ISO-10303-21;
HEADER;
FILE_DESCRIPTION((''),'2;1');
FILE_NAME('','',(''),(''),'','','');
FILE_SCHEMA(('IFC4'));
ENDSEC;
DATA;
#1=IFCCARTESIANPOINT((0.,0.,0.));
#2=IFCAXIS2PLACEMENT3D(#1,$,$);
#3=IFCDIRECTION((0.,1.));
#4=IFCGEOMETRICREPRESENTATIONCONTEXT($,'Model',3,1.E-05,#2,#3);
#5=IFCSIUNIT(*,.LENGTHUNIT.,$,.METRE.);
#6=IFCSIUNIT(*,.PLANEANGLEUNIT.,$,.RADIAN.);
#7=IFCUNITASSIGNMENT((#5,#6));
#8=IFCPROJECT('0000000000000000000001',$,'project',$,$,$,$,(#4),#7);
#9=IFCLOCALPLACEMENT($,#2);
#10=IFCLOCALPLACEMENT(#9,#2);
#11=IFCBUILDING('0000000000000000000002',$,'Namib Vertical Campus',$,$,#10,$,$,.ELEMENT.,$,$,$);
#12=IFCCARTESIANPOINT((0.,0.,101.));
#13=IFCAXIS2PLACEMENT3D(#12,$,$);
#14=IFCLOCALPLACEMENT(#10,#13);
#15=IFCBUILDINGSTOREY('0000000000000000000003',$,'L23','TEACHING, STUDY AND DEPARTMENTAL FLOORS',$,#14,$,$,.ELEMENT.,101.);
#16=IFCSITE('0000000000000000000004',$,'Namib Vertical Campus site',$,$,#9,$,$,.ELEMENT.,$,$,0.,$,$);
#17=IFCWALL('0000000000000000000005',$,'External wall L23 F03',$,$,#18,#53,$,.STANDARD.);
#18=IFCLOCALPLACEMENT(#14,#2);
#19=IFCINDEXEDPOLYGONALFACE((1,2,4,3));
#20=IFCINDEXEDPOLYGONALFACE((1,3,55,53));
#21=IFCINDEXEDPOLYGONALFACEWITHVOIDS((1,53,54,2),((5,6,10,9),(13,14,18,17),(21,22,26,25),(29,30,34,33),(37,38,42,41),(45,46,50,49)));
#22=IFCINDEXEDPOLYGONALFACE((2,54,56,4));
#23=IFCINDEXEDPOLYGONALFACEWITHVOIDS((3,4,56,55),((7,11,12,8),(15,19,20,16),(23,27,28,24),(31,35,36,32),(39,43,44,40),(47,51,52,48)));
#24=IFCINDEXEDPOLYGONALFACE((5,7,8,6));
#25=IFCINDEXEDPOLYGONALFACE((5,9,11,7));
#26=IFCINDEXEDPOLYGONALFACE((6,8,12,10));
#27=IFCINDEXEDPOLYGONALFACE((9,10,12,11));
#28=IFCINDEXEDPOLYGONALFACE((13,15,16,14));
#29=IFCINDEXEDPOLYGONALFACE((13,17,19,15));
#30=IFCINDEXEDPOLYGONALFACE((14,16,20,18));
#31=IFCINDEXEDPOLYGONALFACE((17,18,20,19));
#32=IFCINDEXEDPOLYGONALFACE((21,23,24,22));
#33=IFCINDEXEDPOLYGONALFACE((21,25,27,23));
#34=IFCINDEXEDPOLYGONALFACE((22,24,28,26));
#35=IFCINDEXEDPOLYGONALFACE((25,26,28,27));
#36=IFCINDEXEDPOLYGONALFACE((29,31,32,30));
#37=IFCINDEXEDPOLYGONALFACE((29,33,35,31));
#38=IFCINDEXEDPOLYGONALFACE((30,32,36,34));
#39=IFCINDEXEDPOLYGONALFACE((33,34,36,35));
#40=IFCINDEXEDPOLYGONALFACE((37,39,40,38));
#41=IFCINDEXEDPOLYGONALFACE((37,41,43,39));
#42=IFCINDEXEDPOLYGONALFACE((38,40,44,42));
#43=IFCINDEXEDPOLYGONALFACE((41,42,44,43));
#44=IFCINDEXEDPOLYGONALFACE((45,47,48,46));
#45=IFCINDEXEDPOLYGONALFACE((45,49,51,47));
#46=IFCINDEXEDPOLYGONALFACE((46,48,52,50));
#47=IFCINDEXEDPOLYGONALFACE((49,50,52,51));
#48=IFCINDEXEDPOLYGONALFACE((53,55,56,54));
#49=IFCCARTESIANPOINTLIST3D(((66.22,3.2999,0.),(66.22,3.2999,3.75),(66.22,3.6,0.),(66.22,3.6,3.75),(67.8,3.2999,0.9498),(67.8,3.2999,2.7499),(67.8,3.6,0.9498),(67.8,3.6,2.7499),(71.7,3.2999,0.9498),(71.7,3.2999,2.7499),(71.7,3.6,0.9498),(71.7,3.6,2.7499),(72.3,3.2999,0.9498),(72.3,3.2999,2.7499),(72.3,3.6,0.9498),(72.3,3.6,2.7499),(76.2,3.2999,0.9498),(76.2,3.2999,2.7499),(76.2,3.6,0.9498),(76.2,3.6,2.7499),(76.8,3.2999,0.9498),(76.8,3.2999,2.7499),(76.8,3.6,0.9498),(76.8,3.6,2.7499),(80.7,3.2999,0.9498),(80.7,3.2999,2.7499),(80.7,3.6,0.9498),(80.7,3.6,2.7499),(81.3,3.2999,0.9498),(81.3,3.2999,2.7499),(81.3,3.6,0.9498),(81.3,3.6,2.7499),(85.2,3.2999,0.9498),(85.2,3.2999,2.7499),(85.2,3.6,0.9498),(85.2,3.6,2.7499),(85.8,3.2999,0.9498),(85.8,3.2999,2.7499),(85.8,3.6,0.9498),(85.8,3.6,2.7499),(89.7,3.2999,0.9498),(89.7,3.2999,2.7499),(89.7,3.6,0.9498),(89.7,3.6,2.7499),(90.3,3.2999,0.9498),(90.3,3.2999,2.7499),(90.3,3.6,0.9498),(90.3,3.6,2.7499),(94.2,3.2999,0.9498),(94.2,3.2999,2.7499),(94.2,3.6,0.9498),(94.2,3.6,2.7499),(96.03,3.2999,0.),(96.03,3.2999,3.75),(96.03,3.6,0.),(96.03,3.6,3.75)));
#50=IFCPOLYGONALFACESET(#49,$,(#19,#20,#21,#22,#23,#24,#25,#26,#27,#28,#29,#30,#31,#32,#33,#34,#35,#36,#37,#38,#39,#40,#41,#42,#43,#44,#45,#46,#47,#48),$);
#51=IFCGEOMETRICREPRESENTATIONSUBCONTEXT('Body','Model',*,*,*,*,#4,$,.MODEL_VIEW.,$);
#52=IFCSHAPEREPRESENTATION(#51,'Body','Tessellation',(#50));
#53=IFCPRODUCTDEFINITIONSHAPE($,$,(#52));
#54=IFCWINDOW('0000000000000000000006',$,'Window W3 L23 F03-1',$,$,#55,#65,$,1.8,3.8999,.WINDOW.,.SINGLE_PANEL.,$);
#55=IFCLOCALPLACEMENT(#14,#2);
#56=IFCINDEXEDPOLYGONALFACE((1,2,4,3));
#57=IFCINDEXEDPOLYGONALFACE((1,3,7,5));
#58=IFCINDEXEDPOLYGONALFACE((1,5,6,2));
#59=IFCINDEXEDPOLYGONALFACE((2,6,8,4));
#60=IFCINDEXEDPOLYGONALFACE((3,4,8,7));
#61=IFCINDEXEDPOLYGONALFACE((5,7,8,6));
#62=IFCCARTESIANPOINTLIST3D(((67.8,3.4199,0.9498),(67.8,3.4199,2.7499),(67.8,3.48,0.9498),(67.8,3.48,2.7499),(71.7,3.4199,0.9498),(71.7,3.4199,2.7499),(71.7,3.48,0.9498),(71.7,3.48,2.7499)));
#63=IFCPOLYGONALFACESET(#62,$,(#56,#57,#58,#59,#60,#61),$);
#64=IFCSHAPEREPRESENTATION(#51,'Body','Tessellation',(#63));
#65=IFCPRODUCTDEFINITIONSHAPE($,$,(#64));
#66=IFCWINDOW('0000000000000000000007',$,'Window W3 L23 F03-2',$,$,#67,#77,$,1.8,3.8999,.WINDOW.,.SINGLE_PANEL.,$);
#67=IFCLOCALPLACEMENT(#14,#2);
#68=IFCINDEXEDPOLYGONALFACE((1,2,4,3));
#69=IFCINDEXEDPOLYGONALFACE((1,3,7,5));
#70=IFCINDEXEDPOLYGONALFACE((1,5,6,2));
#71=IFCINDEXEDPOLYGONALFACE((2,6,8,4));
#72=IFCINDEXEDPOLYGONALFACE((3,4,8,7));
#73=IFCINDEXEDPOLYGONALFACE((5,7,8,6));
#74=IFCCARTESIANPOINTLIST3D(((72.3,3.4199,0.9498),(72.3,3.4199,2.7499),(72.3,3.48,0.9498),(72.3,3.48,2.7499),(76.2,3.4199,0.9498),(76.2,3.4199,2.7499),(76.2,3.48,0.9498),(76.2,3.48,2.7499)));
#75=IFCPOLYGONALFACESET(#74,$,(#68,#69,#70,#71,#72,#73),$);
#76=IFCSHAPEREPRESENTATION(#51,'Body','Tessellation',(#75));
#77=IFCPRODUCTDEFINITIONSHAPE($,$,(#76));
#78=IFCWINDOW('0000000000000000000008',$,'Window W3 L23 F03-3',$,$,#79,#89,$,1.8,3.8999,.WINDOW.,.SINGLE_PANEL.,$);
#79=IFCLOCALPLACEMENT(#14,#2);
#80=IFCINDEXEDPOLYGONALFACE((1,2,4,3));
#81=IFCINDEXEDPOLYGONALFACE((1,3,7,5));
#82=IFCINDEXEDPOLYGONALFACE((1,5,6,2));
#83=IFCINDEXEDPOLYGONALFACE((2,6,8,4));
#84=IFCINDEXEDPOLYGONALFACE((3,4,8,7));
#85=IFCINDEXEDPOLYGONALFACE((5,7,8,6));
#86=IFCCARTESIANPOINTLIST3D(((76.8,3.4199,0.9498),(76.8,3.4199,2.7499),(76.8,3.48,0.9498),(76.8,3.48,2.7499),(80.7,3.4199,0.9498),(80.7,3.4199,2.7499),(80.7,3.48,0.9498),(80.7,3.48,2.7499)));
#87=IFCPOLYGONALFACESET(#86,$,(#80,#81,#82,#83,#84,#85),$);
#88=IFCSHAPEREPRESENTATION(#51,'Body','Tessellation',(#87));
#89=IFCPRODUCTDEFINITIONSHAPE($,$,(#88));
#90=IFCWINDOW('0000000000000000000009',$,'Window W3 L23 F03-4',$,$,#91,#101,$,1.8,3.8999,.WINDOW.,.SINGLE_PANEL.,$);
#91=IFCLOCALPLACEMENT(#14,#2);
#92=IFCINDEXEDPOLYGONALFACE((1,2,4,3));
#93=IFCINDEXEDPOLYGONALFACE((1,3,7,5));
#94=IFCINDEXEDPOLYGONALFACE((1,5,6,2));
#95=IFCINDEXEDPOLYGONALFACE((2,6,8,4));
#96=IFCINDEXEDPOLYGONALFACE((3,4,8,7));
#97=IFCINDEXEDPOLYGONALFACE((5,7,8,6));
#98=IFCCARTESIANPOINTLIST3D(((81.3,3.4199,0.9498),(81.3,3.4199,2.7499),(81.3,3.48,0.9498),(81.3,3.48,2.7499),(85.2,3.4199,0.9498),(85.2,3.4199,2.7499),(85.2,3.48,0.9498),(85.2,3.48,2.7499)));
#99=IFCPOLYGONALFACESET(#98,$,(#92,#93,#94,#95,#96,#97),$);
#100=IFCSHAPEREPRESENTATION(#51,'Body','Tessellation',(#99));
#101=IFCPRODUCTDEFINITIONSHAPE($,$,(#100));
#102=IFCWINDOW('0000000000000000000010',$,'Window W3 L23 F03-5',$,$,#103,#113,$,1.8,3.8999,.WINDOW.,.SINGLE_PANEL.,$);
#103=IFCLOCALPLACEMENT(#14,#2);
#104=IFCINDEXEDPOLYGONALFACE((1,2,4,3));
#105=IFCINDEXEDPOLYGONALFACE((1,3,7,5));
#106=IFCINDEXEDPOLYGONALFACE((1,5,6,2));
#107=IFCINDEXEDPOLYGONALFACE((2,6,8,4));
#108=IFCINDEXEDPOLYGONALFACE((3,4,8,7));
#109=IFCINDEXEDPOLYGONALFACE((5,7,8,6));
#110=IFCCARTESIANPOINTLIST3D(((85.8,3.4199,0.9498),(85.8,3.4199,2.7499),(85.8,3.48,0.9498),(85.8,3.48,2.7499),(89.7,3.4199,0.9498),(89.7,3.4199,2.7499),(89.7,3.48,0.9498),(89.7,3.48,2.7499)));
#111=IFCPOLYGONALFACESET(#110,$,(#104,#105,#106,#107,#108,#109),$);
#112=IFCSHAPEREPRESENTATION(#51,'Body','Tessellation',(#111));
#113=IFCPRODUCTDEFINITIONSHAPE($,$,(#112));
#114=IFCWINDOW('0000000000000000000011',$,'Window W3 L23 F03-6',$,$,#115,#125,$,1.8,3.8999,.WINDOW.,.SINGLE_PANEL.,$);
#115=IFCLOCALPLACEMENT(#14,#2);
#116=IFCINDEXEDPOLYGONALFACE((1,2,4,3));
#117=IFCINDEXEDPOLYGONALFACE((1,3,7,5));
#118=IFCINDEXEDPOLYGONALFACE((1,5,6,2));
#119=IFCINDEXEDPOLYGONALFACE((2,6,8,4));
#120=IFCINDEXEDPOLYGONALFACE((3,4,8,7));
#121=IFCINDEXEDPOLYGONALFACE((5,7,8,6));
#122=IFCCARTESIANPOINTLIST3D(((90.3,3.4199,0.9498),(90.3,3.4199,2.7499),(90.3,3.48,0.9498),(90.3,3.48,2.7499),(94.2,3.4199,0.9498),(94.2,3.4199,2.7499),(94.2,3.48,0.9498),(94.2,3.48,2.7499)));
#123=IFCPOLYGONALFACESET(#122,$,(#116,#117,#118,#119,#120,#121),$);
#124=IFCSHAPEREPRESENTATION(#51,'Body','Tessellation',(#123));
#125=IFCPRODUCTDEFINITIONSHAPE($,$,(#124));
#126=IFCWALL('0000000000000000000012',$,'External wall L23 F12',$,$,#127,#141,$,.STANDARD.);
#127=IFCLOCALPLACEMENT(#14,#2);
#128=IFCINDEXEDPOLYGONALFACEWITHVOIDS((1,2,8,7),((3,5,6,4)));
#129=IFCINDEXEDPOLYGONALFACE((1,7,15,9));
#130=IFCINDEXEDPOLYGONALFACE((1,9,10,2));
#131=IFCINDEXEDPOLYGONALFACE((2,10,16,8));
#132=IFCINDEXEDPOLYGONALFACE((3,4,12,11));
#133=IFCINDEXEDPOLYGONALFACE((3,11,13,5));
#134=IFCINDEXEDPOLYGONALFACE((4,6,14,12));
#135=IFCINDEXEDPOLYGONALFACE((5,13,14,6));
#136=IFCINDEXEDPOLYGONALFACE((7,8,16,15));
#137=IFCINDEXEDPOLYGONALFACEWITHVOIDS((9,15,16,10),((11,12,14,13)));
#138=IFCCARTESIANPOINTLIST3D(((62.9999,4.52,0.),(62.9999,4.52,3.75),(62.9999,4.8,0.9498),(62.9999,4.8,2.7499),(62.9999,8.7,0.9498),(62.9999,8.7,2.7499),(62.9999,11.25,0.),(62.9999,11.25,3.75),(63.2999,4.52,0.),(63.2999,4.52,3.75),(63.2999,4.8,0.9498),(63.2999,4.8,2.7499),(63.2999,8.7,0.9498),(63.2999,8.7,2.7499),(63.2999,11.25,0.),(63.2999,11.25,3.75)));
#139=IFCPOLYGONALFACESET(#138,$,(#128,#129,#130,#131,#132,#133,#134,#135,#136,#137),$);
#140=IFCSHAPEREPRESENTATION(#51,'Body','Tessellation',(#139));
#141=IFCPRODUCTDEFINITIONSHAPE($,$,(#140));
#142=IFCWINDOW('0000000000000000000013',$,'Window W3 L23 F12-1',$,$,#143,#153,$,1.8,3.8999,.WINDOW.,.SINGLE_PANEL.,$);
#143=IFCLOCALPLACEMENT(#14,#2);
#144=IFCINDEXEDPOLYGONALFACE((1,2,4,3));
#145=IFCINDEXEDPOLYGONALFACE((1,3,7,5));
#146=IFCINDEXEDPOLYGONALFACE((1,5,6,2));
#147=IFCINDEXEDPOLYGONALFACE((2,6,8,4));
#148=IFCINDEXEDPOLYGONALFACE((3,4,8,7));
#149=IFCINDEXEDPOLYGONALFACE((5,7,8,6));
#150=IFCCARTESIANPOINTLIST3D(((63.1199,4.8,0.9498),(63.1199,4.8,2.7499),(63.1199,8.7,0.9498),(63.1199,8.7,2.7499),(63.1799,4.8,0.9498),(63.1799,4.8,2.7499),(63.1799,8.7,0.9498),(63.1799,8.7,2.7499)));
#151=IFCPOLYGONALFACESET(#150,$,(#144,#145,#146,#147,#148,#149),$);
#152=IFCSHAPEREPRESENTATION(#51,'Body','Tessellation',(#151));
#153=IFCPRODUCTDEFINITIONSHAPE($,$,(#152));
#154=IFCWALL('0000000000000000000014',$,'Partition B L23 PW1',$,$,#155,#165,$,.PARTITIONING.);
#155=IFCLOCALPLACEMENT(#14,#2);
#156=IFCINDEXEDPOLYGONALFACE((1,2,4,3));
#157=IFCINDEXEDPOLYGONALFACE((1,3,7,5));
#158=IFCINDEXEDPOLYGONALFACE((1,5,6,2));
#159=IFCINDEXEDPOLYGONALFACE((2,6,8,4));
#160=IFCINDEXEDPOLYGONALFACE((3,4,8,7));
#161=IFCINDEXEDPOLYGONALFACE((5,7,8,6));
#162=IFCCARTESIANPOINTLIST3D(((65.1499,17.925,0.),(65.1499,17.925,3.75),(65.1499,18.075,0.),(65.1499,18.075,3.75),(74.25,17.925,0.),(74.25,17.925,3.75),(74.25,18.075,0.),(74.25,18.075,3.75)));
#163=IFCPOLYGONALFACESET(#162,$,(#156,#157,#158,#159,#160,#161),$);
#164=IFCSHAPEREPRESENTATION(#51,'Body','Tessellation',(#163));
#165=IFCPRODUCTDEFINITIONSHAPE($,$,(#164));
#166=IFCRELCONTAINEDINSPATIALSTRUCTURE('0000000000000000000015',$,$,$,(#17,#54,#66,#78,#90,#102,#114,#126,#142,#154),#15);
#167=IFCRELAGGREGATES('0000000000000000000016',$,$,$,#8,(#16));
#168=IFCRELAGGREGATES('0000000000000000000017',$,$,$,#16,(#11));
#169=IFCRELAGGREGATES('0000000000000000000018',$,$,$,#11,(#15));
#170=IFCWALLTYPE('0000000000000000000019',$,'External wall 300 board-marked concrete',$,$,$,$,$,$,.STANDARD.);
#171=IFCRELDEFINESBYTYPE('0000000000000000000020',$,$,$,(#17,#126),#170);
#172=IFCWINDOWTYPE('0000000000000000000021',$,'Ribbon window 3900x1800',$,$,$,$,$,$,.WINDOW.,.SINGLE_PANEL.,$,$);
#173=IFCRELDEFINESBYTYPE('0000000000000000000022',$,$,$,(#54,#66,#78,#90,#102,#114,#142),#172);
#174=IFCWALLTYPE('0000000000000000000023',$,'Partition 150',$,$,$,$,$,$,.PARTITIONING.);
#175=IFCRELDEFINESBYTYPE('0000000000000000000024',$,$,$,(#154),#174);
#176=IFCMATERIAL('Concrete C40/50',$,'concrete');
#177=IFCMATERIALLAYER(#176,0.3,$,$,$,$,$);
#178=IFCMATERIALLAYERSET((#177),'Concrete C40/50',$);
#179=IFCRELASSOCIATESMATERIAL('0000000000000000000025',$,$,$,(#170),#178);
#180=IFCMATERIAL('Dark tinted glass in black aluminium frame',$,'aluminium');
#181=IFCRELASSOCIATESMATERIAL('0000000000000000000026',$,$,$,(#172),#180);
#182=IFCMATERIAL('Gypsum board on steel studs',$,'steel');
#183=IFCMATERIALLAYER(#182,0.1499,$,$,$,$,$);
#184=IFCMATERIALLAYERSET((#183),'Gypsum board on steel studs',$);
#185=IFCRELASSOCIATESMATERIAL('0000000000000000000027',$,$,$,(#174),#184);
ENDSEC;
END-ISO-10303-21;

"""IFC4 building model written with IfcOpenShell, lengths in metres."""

from ifc_helpers import new_model, si_unit, direction, frame, frame_2d, origin, place, context, subcontext, project, spatial, rectangle, extrude, material, layer, layer_set, type_object, element, fill, save


model = new_model("IFC4")

# Units and contexts
model_context = context("Model", 3, precision=1e-05, world=origin(), true_north=direction((0.0, 1.0)))
body_context = subcontext(model_context, "Body", "Model", "MODEL_VIEW")
ifc_project = project(units=[si_unit("LENGTHUNIT", "METRE"), si_unit("PLANEANGLEUNIT", "RADIAN")], contexts=[model_context])

# Site, building, storey
site_placement = place(None, origin())
site = spatial("IfcSite", under=ifc_project, at=site_placement, Name="Namib Vertical Campus site", CompositionType="ELEMENT", RefElevation=0.0)
building_placement = place(site_placement, origin())
building = spatial("IfcBuilding", under=site, at=building_placement, Name="Namib Vertical Campus", CompositionType="ELEMENT")
storey_placement = place(building_placement, frame((0.0, 0.0, 101.0)))
storey = spatial("IfcBuildingStorey", under=building, at=storey_placement, Name="L23", Description="TEACHING, STUDY AND DEPARTMENTAL FLOORS", CompositionType="ELEMENT", Elevation=101.0)

# Shared definitions
ifc_material_1 = material(Name="Concrete C40/50", Category="concrete")
ifc_layer_1 = layer(ifc_material_1, 0.3)
ifc_layer_set_1 = layer_set([ifc_layer_1], Name="Concrete C40/50")
wall_type_1 = type_object("IfcWallType", Name="External wall 300 board-marked concrete", PredefinedType="STANDARD", material=ifc_layer_set_1)

# Wall, openings, windows
wall_1_placement = place(storey_placement, frame((66.22, 3.45, 0.0), z_axis=(0.0, 0.0, 1.0), x_axis=(1.0, 0.0, 0.0)))
wall_1 = element("IfcWall", 1, at=wall_1_placement, inside=storey, type_object=wall_type_1, Name="External wall L23 F03", PredefinedType="STANDARD", context=body_context, shape_type="SweptSolid", body=[
    extrude(rectangle(XDim=29.8101, YDim=0.3, at=frame_2d((14.905, 0.0))), origin(), (0.0, 0.0, 1.0), 3.75),
])
opening_1_placement = place(wall_1_placement, frame((1.5801, 0.0, 0.95)))
opening_1 = element("IfcOpeningElement", 2, at=opening_1_placement, cuts=wall_1, PredefinedType="OPENING", context=body_context, shape_type="SweptSolid", body=[
    extrude(rectangle(XDim=3.8999, YDim=1.8, at=frame_2d((1.95, 0.8999))), frame((0.0, 0.1599, 0.0), z_axis=(0.0, -1.0, 0.0), x_axis=(1.0, 0.0, 0.0)), (0.0, 0.0, 1.0), 0.3201),
])
opening_2_placement = place(wall_1_placement, frame((6.0801, 0.0, 0.95)))
opening_2 = element("IfcOpeningElement", 3, at=opening_2_placement, cuts=wall_1, PredefinedType="OPENING", context=body_context, shape_type="SweptSolid", body=[
    extrude(rectangle(XDim=3.8999, YDim=1.8, at=frame_2d((1.95, 0.8999))), frame((0.0, 0.1599, 0.0), z_axis=(0.0, -1.0, 0.0), x_axis=(1.0, 0.0, 0.0)), (0.0, 0.0, 1.0), 0.3201),
])
opening_3_placement = place(wall_1_placement, frame((10.5801, 0.0, 0.95)))
opening_3 = element("IfcOpeningElement", 4, at=opening_3_placement, cuts=wall_1, PredefinedType="OPENING", context=body_context, shape_type="SweptSolid", body=[
    extrude(rectangle(XDim=3.8999, YDim=1.8, at=frame_2d((1.95, 0.8999))), frame((0.0, 0.1599, 0.0), z_axis=(0.0, -1.0, 0.0), x_axis=(1.0, 0.0, 0.0)), (0.0, 0.0, 1.0), 0.3201),
])
opening_4_placement = place(wall_1_placement, frame((15.0801, 0.0, 0.95)))
opening_4 = element("IfcOpeningElement", 5, at=opening_4_placement, cuts=wall_1, PredefinedType="OPENING", context=body_context, shape_type="SweptSolid", body=[
    extrude(rectangle(XDim=3.8999, YDim=1.8, at=frame_2d((1.95, 0.8999))), frame((0.0, 0.1599, 0.0), z_axis=(0.0, -1.0, 0.0), x_axis=(1.0, 0.0, 0.0)), (0.0, 0.0, 1.0), 0.3201),
])
opening_5_placement = place(wall_1_placement, frame((19.5801, 0.0, 0.95)))
opening_5 = element("IfcOpeningElement", 6, at=opening_5_placement, cuts=wall_1, PredefinedType="OPENING", context=body_context, shape_type="SweptSolid", body=[
    extrude(rectangle(XDim=3.8999, YDim=1.8, at=frame_2d((1.95, 0.8999))), frame((0.0, 0.1599, 0.0), z_axis=(0.0, -1.0, 0.0), x_axis=(1.0, 0.0, 0.0)), (0.0, 0.0, 1.0), 0.3201),
])
opening_6_placement = place(wall_1_placement, frame((24.0801, 0.0, 0.95)))
opening_6 = element("IfcOpeningElement", 7, at=opening_6_placement, cuts=wall_1, PredefinedType="OPENING", context=body_context, shape_type="SweptSolid", body=[
    extrude(rectangle(XDim=3.8999, YDim=1.8, at=frame_2d((1.95, 0.8999))), frame((0.0, 0.1599, 0.0), z_axis=(0.0, -1.0, 0.0), x_axis=(1.0, 0.0, 0.0)), (0.0, 0.0, 1.0), 0.3201),
])
ifc_material_2 = material(Name="Dark tinted glass in black aluminium frame", Category="aluminium")
window_type = type_object("IfcWindowType", Name="Ribbon window 3900x1800", PartitioningType="SINGLE_PANEL", PredefinedType="WINDOW", material=ifc_material_2)
window_1_placement = place(opening_1_placement, origin())
window_1 = element("IfcWindow", 8, at=window_1_placement, inside=storey, type_object=window_type, Name="Window W3 L23 F03-1", OverallHeight=1.8, OverallWidth=3.8999, PartitioningType="SINGLE_PANEL", PredefinedType="WINDOW", context=body_context, shape_type="SweptSolid", body=[
    extrude(rectangle(XDim=3.8999, YDim=1.8, at=frame_2d((1.95, 0.8999))), frame((0.0, 0.03, 0.0), z_axis=(0.0, -1.0, 0.0), x_axis=(1.0, 0.0, 0.0)), (0.0, 0.0, 1.0), 0.0601),
])
fill(opening_1, window_1)
window_2_placement = place(opening_2_placement, origin())
window_2 = element("IfcWindow", 9, at=window_2_placement, inside=storey, type_object=window_type, Name="Window W3 L23 F03-2", OverallHeight=1.8, OverallWidth=3.8999, PartitioningType="SINGLE_PANEL", PredefinedType="WINDOW", context=body_context, shape_type="SweptSolid", body=[
    extrude(rectangle(XDim=3.8999, YDim=1.8, at=frame_2d((1.95, 0.8999))), frame((0.0, 0.03, 0.0), z_axis=(0.0, -1.0, 0.0), x_axis=(1.0, 0.0, 0.0)), (0.0, 0.0, 1.0), 0.0601),
])
fill(opening_2, window_2)
window_3_placement = place(opening_3_placement, origin())
window_3 = element("IfcWindow", 10, at=window_3_placement, inside=storey, type_object=window_type, Name="Window W3 L23 F03-3", OverallHeight=1.8, OverallWidth=3.8999, PartitioningType="SINGLE_PANEL", PredefinedType="WINDOW", context=body_context, shape_type="SweptSolid", body=[
    extrude(rectangle(XDim=3.8999, YDim=1.8, at=frame_2d((1.95, 0.8999))), frame((0.0, 0.03, 0.0), z_axis=(0.0, -1.0, 0.0), x_axis=(1.0, 0.0, 0.0)), (0.0, 0.0, 1.0), 0.0601),
])
fill(opening_3, window_3)
window_4_placement = place(opening_4_placement, origin())
window_4 = element("IfcWindow", 11, at=window_4_placement, inside=storey, type_object=window_type, Name="Window W3 L23 F03-4", OverallHeight=1.8, OverallWidth=3.8999, PartitioningType="SINGLE_PANEL", PredefinedType="WINDOW", context=body_context, shape_type="SweptSolid", body=[
    extrude(rectangle(XDim=3.8999, YDim=1.8, at=frame_2d((1.95, 0.8999))), frame((0.0, 0.03, 0.0), z_axis=(0.0, -1.0, 0.0), x_axis=(1.0, 0.0, 0.0)), (0.0, 0.0, 1.0), 0.0601),
])
fill(opening_4, window_4)
window_5_placement = place(opening_5_placement, origin())
window_5 = element("IfcWindow", 12, at=window_5_placement, inside=storey, type_object=window_type, Name="Window W3 L23 F03-5", OverallHeight=1.8, OverallWidth=3.8999, PartitioningType="SINGLE_PANEL", PredefinedType="WINDOW", context=body_context, shape_type="SweptSolid", body=[
    extrude(rectangle(XDim=3.8999, YDim=1.8, at=frame_2d((1.95, 0.8999))), frame((0.0, 0.03, 0.0), z_axis=(0.0, -1.0, 0.0), x_axis=(1.0, 0.0, 0.0)), (0.0, 0.0, 1.0), 0.0601),
])
fill(opening_5, window_5)
window_6_placement = place(opening_6_placement, origin())
window_6 = element("IfcWindow", 13, at=window_6_placement, inside=storey, type_object=window_type, Name="Window W3 L23 F03-6", OverallHeight=1.8, OverallWidth=3.8999, PartitioningType="SINGLE_PANEL", PredefinedType="WINDOW", context=body_context, shape_type="SweptSolid", body=[
    extrude(rectangle(XDim=3.8999, YDim=1.8, at=frame_2d((1.95, 0.8999))), frame((0.0, 0.03, 0.0), z_axis=(0.0, -1.0, 0.0), x_axis=(1.0, 0.0, 0.0)), (0.0, 0.0, 1.0), 0.0601),
])
fill(opening_6, window_6)

# Wall, opening, window
wall_2_placement = place(storey_placement, frame((63.1499, 11.25, 0.0), z_axis=(0.0, 0.0, 1.0), x_axis=(0.0, -1.0, 0.0)))
wall_2 = element("IfcWall", 14, at=wall_2_placement, inside=storey, type_object=wall_type_1, Name="External wall L23 F12", PredefinedType="STANDARD", context=body_context, shape_type="SweptSolid", body=[
    extrude(rectangle(XDim=6.73, YDim=0.3, at=frame_2d((3.365, 0.0))), origin(), (0.0, 0.0, 1.0), 3.75),
])
opening_7_placement = place(wall_2_placement, frame((2.55, 0.0, 0.95)))
opening_7 = element("IfcOpeningElement", 15, at=opening_7_placement, cuts=wall_2, PredefinedType="OPENING", context=body_context, shape_type="SweptSolid", body=[
    extrude(rectangle(XDim=3.8999, YDim=1.8, at=frame_2d((1.95, 0.8999))), frame((0.0, 0.1599, 0.0), z_axis=(0.0, -1.0, 0.0), x_axis=(1.0, 0.0, 0.0)), (0.0, 0.0, 1.0), 0.3201),
])
window_7_placement = place(opening_7_placement, origin())
window_7 = element("IfcWindow", 16, at=window_7_placement, inside=storey, type_object=window_type, Name="Window W3 L23 F12-1", OverallHeight=1.8, OverallWidth=3.8999, PartitioningType="SINGLE_PANEL", PredefinedType="WINDOW", context=body_context, shape_type="SweptSolid", body=[
    extrude(rectangle(XDim=3.8999, YDim=1.8, at=frame_2d((1.95, 0.8999))), frame((0.0, 0.03, 0.0), z_axis=(0.0, -1.0, 0.0), x_axis=(1.0, 0.0, 0.0)), (0.0, 0.0, 1.0), 0.0601),
])
fill(opening_7, window_7)

# Wall
ifc_material_3 = material(Name="Gypsum board on steel studs", Category="steel")
ifc_layer_2 = layer(ifc_material_3, 0.1499)
ifc_layer_set_2 = layer_set([ifc_layer_2], Name="Gypsum board on steel studs")
wall_type_2 = type_object("IfcWallType", Name="Partition 150", PredefinedType="PARTITIONING", material=ifc_layer_set_2)
wall_3_placement = place(storey_placement, frame((65.1499, 18.0, 0.0), z_axis=(0.0, 0.0, 1.0), x_axis=(1.0, 0.0, 0.0)))
element("IfcWall", 17, at=wall_3_placement, inside=storey, type_object=wall_type_2, Name="Partition B L23 PW1", PredefinedType="PARTITIONING", context=body_context, shape_type="SweptSolid", body=[
    extrude(rectangle(XDim=9.1001, YDim=0.1499, at=frame_2d((4.55, 0.0))), origin(), (0.0, 0.0, 1.0), 3.75),
])

save(model, "model.ifc")
